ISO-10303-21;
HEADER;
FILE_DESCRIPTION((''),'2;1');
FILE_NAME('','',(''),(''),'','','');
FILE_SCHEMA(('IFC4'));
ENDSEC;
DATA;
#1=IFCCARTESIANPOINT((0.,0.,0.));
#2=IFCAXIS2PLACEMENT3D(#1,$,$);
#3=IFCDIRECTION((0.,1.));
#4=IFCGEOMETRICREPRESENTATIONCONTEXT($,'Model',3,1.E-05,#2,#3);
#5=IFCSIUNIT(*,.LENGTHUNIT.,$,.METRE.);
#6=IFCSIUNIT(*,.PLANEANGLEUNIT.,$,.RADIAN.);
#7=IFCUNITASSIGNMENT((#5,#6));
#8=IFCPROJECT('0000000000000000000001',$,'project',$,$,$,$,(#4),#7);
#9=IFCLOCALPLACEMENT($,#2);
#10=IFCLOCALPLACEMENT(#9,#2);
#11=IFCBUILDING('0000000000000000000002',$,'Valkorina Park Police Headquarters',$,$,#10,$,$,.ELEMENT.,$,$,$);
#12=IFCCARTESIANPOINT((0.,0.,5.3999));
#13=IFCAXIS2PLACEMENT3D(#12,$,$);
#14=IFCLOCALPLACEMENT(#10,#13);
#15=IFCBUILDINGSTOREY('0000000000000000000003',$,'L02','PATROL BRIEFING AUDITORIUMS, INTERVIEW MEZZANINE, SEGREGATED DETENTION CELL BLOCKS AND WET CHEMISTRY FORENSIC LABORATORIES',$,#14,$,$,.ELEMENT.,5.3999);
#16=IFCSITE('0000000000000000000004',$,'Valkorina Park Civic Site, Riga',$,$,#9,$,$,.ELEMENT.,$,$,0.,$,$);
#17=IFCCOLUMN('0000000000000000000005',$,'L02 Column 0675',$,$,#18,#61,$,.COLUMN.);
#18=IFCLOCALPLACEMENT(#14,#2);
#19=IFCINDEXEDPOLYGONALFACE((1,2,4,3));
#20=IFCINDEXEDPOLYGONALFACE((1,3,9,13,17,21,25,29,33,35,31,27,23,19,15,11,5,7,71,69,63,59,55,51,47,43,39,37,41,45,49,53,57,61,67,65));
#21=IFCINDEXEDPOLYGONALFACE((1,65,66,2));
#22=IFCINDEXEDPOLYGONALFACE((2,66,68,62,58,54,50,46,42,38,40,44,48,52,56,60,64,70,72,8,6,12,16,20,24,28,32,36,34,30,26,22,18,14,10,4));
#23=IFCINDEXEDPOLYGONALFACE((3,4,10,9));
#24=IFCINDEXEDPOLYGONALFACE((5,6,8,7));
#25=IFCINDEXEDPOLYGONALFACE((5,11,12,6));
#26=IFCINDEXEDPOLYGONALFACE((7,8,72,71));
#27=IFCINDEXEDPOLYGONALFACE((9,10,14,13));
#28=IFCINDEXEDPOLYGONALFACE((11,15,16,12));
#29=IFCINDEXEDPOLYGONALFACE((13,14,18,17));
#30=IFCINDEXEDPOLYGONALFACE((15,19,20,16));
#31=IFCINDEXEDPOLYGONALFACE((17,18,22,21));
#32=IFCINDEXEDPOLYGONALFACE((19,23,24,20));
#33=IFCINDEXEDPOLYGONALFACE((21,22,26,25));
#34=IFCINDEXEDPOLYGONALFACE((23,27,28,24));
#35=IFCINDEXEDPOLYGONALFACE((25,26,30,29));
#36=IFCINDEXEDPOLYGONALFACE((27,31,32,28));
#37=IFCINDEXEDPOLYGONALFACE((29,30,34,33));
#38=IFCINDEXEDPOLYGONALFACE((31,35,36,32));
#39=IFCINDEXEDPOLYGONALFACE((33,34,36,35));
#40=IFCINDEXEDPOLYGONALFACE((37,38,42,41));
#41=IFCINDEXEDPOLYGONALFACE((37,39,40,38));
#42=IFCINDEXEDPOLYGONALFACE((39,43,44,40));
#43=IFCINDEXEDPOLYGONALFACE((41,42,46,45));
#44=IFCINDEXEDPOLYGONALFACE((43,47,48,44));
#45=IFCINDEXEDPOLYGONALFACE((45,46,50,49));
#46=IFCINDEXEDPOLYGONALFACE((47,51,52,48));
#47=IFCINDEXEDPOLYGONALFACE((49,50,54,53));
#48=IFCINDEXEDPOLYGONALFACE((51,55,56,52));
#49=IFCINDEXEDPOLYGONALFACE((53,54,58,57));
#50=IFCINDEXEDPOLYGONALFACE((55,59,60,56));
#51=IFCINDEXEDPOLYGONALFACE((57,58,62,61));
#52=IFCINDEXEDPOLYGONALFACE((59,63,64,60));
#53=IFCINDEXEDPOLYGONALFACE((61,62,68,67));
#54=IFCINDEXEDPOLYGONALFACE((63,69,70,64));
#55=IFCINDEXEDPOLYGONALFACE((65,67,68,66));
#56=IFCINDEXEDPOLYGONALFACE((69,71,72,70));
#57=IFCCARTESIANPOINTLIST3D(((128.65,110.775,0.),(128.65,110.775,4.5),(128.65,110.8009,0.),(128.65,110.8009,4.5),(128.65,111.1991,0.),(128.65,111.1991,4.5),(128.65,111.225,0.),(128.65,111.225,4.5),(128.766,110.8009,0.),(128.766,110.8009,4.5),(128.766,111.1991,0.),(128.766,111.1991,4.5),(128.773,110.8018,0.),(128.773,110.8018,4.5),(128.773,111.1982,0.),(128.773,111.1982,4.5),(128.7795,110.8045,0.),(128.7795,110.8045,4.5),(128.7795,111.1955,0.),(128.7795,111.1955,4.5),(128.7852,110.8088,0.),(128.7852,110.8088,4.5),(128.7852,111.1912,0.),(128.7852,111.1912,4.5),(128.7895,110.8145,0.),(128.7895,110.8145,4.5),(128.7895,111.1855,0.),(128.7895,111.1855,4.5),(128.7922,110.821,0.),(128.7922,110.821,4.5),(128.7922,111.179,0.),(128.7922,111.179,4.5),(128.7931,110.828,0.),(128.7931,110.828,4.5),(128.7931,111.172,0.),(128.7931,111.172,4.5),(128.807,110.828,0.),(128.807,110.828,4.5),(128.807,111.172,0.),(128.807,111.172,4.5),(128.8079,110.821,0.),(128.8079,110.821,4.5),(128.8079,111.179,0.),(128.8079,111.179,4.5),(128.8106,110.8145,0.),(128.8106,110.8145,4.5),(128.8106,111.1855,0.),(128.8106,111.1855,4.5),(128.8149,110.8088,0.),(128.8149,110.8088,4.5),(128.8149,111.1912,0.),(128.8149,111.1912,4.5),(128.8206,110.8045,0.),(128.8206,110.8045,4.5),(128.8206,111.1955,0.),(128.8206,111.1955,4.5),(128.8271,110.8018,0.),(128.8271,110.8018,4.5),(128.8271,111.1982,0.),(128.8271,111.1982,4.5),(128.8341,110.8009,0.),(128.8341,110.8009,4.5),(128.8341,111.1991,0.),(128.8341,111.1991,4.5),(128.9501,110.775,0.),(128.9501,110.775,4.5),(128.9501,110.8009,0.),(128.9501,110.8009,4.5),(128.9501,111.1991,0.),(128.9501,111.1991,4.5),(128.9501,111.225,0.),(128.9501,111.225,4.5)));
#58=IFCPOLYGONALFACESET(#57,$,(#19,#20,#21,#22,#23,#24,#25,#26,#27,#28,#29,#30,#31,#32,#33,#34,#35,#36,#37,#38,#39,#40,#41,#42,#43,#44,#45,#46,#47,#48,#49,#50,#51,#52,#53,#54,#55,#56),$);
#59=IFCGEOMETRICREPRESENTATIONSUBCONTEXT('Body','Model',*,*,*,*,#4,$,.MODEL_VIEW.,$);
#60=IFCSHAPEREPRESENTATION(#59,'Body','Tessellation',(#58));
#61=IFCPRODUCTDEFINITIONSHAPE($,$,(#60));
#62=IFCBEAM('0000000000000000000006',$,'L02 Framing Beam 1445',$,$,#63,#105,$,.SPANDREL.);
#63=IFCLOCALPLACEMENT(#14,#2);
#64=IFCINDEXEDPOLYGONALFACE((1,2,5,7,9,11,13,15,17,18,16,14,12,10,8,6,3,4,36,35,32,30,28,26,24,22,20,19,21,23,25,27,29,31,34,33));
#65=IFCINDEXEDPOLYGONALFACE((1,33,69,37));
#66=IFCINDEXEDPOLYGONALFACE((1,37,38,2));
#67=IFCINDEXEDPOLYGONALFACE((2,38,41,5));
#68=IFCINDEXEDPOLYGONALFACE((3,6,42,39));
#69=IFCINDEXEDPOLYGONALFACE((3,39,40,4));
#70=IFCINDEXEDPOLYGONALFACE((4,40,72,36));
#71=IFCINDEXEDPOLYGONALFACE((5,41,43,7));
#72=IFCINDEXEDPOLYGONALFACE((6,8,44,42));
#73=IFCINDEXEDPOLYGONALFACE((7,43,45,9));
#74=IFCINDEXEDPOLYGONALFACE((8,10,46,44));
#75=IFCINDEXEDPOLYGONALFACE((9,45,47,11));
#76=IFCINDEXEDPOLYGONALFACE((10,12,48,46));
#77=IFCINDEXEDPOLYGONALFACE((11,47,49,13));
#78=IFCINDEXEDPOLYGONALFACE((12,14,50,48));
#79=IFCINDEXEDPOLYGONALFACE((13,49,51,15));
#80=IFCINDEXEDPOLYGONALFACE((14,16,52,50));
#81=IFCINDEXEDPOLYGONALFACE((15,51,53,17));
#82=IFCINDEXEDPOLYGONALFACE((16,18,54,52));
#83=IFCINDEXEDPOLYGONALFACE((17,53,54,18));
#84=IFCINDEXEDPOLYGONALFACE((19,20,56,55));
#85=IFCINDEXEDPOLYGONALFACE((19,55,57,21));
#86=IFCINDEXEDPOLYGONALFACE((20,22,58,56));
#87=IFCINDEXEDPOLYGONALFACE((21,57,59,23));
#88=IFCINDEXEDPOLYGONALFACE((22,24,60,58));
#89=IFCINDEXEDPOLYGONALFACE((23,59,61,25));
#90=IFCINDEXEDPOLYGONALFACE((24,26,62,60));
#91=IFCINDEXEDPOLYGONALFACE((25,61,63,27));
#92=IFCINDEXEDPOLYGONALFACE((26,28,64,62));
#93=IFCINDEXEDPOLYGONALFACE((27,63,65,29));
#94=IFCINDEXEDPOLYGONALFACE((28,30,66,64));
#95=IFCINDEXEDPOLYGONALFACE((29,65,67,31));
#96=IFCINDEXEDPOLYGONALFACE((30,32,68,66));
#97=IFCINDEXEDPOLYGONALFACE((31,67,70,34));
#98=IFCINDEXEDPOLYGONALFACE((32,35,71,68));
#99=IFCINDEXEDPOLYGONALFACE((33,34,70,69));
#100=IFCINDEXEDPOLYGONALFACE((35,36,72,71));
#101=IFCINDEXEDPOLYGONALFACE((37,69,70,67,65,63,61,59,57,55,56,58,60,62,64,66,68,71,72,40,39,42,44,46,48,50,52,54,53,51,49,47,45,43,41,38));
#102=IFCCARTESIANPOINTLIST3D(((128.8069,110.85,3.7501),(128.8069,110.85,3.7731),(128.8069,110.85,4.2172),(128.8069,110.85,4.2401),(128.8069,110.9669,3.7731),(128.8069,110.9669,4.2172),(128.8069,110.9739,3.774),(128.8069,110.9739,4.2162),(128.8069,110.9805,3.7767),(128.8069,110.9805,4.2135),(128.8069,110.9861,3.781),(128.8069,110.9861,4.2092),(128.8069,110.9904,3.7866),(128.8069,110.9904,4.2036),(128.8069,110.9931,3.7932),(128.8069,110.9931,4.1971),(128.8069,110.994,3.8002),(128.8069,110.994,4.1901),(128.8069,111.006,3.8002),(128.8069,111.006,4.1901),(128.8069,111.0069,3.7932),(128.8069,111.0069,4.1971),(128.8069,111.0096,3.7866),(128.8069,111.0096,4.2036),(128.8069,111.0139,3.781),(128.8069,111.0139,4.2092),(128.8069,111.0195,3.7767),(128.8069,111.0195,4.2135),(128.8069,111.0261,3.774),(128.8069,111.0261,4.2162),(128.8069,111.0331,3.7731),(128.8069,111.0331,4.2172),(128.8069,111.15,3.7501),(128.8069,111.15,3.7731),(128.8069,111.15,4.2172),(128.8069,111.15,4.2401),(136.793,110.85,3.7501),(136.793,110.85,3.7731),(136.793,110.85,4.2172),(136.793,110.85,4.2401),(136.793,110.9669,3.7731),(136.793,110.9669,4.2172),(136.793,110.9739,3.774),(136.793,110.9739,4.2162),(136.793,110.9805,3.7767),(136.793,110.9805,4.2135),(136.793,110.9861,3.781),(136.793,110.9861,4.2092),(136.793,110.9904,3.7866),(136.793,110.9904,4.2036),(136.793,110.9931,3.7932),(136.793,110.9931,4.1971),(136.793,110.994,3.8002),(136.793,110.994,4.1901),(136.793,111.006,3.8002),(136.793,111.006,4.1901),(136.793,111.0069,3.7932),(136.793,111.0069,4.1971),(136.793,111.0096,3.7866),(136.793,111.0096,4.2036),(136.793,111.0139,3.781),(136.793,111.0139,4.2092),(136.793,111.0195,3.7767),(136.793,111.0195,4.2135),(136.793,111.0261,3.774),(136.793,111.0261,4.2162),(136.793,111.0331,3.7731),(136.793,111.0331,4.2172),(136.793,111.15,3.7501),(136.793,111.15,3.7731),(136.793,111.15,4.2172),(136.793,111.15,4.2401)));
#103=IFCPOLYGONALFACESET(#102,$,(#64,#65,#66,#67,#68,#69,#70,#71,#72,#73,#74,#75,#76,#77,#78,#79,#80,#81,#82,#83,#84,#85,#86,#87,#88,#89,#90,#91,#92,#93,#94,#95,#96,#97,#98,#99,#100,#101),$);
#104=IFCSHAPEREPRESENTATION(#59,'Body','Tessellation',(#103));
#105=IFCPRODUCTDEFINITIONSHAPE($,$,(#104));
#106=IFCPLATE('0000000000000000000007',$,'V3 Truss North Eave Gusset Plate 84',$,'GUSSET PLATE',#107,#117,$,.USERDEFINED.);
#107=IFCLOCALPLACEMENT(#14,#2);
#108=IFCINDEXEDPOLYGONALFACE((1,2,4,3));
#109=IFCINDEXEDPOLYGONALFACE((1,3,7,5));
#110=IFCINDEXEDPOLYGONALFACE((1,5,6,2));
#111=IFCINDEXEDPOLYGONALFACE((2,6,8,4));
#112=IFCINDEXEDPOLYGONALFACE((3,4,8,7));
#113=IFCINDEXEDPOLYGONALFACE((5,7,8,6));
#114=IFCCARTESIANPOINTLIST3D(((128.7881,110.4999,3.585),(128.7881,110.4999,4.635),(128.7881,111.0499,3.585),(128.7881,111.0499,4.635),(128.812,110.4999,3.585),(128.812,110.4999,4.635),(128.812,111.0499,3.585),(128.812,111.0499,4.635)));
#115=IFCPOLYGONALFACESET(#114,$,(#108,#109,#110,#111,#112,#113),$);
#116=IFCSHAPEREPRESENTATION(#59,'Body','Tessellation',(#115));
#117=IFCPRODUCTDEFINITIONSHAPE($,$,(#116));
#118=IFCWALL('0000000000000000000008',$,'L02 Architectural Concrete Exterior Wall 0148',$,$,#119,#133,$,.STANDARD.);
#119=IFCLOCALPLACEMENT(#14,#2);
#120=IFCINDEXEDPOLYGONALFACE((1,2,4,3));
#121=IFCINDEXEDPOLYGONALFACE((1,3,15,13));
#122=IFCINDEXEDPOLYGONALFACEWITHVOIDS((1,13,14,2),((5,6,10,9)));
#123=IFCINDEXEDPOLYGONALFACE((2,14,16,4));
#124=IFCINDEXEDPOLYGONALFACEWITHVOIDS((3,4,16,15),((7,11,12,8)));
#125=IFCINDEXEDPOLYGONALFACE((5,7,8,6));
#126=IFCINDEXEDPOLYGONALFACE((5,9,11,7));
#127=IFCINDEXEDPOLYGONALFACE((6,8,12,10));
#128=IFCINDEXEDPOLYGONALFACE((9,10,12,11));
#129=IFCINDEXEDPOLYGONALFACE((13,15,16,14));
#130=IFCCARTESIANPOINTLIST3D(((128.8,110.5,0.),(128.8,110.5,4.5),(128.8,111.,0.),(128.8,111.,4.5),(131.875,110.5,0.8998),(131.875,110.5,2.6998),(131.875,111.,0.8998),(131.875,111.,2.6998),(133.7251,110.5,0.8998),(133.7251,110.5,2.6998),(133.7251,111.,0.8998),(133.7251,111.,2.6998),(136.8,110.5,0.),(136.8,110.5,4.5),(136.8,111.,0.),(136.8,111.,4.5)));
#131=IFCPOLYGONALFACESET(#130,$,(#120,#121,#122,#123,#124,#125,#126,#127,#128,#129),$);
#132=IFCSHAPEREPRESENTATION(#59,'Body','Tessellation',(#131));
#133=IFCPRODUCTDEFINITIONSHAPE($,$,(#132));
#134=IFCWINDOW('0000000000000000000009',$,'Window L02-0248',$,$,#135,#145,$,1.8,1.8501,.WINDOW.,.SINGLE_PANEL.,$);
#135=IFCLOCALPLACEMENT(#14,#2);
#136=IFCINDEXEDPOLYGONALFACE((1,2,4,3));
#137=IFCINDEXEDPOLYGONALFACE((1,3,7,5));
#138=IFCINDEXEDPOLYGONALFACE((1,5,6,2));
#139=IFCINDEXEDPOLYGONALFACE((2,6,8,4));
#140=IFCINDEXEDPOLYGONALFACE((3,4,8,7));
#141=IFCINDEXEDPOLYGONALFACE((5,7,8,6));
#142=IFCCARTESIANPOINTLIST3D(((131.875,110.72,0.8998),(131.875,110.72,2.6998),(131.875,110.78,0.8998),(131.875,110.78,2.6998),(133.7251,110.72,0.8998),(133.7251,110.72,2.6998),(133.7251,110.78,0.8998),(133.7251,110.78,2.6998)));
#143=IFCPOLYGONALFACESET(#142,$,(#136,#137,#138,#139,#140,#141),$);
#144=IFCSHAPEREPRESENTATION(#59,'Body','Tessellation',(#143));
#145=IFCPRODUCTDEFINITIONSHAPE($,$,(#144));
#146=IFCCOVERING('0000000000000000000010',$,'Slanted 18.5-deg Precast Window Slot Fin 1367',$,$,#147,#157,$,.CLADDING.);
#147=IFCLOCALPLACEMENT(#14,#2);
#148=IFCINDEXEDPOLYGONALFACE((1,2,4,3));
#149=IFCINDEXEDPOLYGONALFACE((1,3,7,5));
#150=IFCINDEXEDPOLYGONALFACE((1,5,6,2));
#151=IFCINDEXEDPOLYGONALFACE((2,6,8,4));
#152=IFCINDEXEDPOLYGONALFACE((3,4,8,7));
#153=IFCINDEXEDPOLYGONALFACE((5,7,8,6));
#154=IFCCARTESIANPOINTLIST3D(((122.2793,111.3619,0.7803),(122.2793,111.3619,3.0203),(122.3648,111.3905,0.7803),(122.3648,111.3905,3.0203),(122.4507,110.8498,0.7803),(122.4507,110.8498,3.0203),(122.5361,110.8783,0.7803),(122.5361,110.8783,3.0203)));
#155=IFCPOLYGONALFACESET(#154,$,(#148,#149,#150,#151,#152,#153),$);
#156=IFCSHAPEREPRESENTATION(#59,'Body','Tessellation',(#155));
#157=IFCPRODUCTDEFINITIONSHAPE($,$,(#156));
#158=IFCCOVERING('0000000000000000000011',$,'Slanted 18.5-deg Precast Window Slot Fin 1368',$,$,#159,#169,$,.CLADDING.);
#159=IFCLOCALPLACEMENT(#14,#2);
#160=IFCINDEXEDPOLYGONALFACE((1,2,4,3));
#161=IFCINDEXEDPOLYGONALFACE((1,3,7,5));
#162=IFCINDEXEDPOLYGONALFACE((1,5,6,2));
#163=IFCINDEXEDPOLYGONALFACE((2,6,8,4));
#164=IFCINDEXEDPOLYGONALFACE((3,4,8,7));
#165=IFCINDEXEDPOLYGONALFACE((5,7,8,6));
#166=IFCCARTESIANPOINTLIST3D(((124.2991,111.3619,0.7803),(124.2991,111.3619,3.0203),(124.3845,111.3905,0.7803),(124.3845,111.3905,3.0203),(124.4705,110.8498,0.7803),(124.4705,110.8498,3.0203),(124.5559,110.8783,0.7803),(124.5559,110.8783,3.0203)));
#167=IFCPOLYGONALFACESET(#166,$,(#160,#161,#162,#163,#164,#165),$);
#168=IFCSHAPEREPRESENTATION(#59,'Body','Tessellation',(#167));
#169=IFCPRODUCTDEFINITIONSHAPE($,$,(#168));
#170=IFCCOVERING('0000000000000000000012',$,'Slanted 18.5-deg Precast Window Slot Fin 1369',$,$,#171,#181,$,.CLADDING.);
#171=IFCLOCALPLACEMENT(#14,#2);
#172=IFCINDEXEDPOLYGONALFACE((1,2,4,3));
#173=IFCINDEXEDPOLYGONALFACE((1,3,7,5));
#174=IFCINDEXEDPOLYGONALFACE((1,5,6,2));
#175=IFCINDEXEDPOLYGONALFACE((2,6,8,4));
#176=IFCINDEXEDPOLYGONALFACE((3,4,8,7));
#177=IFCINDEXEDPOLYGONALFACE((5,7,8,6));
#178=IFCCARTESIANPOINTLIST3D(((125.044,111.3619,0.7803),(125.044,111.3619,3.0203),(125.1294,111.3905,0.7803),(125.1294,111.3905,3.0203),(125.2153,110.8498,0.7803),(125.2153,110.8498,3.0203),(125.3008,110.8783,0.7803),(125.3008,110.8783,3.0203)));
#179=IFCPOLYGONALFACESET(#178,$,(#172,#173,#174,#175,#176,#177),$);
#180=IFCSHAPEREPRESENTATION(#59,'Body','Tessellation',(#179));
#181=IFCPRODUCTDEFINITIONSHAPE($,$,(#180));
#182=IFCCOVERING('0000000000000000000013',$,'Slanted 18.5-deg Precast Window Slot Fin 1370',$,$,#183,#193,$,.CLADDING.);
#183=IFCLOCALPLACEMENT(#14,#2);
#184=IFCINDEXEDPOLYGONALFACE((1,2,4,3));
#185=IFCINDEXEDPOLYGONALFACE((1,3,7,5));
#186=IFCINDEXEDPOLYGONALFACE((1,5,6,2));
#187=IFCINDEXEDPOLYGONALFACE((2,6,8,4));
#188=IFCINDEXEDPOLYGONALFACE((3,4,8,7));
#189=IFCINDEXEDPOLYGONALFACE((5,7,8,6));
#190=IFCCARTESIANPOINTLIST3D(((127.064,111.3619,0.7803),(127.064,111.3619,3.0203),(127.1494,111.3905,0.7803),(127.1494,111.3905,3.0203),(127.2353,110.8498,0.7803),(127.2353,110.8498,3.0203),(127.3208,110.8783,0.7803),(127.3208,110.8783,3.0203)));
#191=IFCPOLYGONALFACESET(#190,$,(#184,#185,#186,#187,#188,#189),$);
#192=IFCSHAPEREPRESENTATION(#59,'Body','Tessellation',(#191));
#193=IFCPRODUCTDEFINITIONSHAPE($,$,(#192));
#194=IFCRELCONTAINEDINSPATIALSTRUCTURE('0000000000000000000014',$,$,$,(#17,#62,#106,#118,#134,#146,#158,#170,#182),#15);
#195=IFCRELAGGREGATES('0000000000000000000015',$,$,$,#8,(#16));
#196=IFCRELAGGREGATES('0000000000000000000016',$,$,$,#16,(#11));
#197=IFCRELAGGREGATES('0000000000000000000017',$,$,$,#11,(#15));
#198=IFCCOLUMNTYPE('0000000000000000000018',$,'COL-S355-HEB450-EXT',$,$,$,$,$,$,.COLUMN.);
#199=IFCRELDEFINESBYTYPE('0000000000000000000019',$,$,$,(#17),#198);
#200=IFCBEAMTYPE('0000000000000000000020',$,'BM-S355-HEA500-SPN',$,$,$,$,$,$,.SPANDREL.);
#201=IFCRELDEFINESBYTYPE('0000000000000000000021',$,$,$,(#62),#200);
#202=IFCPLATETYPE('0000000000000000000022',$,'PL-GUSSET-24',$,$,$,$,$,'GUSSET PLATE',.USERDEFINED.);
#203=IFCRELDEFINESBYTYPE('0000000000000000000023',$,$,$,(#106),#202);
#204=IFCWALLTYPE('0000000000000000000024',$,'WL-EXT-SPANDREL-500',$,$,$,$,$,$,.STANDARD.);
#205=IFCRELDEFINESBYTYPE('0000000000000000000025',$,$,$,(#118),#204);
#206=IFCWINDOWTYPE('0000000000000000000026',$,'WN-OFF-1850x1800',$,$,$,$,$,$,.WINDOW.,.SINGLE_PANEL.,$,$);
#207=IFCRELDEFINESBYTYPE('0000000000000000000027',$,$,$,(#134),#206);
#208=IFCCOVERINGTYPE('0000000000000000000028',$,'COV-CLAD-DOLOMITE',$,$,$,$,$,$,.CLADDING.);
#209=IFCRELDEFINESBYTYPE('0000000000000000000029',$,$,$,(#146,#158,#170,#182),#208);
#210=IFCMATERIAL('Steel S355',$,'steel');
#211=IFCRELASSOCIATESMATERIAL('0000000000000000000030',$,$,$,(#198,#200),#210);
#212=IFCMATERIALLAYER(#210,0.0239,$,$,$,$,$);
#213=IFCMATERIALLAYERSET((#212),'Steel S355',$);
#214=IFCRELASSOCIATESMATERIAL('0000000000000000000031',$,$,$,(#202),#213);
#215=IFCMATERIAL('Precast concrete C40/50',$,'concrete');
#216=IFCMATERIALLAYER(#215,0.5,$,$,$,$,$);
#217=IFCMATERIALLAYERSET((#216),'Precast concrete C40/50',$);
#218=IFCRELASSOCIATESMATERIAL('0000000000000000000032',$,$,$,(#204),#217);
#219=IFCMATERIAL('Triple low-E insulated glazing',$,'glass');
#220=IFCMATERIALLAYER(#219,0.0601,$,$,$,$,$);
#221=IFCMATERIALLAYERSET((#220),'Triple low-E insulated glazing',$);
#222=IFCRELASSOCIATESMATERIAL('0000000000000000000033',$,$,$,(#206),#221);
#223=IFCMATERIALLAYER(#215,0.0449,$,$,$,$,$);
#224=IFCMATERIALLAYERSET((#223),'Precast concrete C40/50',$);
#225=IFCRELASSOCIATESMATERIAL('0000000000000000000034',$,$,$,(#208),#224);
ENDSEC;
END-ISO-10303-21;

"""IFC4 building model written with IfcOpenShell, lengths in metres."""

from ifc_helpers import new_model, si_unit, direction, frame, frame_2d, origin, origin_2d, place, context, subcontext, project, spatial, rectangle, i_section, extrude, material, layer, layer_set, material_profile, profile_set, type_object, element, fill, save


model = new_model("IFC4")

# Units and contexts
model_context = context("Model", 3, precision=1e-05, world=origin(), true_north=direction((0.0, 1.0)))
body_context = subcontext(model_context, "Body", "Model", "MODEL_VIEW")
ifc_project = project(units=[si_unit("LENGTHUNIT", "METRE"), si_unit("PLANEANGLEUNIT", "RADIAN")], contexts=[model_context])

# Site, building, storey
site_placement = place(None, origin())
site = spatial("IfcSite", under=ifc_project, at=site_placement, Name="Valkorina Park Civic Site, Riga", CompositionType="ELEMENT", RefElevation=0.0)
building_placement = place(site_placement, origin())
building = spatial("IfcBuilding", under=site, at=building_placement, Name="Valkorina Park Police Headquarters", CompositionType="ELEMENT")
storey_placement = place(building_placement, frame((0.0, 0.0, 5.3999)))
storey = spatial("IfcBuildingStorey", under=building, at=storey_placement, Name="L02", Description="PATROL BRIEFING AUDITORIUMS, INTERVIEW MEZZANINE, SEGREGATED DETENTION CELL BLOCKS AND WET CHEMISTRY FORENSIC LABORATORIES", CompositionType="ELEMENT", Elevation=5.3999)

# Column
ifc_material_1 = material(Name="Steel S355", Category="steel")
ifc_material_profile_1 = material_profile(ifc_material_1, i_section(OverallWidth=0.3, OverallDepth=0.45, WebThickness=0.0139, FlangeThickness=0.0259, FilletRadius=0.0271, at=origin_2d()), Name="HEB 450")
ifc_profile_set_1 = profile_set([ifc_material_profile_1], Name="Steel S355")
column_type = type_object("IfcColumnType", Name="COL-S355-HEB450-EXT", PredefinedType="COLUMN", material=ifc_profile_set_1)
column_placement = place(storey_placement, frame((128.8, 111.0, 0.0), z_axis=(0.0, 0.0, 1.0), x_axis=(1.0, 0.0, 0.0)))
element("IfcColumn", 1, at=column_placement, inside=storey, type_object=column_type, Name="L02 Column 0675", PredefinedType="COLUMN", context=body_context, shape_type="SweptSolid", body=[
    extrude(i_section(OverallWidth=0.3, OverallDepth=0.45, WebThickness=0.0139, FlangeThickness=0.0259, FilletRadius=0.0271, at=origin_2d()), origin(), (0.0, 0.0, 1.0), 4.5),
])

# Beam
ifc_material_profile_2 = material_profile(ifc_material_1, i_section(OverallWidth=0.3, OverallDepth=0.49, WebThickness=0.012, FlangeThickness=0.0229, FilletRadius=0.0271, at=origin_2d()), Name="HEA 500")
ifc_profile_set_2 = profile_set([ifc_material_profile_2], Name="Steel S355")
beam_type = type_object("IfcBeamType", Name="BM-S355-HEA500-SPN", PredefinedType="SPANDREL", material=ifc_profile_set_2)
beam_placement = place(storey_placement, frame((128.8069, 111.0, 3.9951), z_axis=(1.0, 0.0, 0.0), x_axis=(0.0, 1.0, 0.0)))
element("IfcBeam", 2, at=beam_placement, inside=storey, type_object=beam_type, Name="L02 Framing Beam 1445", PredefinedType="SPANDREL", context=body_context, shape_type="SweptSolid", body=[
    extrude(i_section(OverallWidth=0.3, OverallDepth=0.49, WebThickness=0.012, FlangeThickness=0.0229, FilletRadius=0.0271, at=origin_2d()), origin(), (0.0, 0.0, 1.0), 7.9861),
])

# Plate
ifc_layer_1 = layer(ifc_material_1, 0.0239)
ifc_layer_set_1 = layer_set([ifc_layer_1], Name="Steel S355")
plate_type = type_object("IfcPlateType", Name="PL-GUSSET-24", ElementType="GUSSET PLATE", PredefinedType="USERDEFINED", material=ifc_layer_set_1)
plate_placement = place(storey_placement, frame((128.8, 110.7749, 3.585), z_axis=(0.0, 0.0, 1.0), x_axis=(1.0, 0.0, 0.0)))
element("IfcPlate", 3, at=plate_placement, inside=storey, type_object=plate_type, Name="V3 Truss North Eave Gusset Plate 84", ObjectType="GUSSET PLATE", PredefinedType="USERDEFINED", context=body_context, shape_type="SweptSolid", body=[
    extrude(rectangle(XDim=0.0239, YDim=0.55, at=origin_2d()), origin(), (0.0, 0.0, 1.0), 1.05),
])

# Wall, opening, window
ifc_material_2 = material(Name="Precast concrete C40/50", Category="concrete")
ifc_layer_2 = layer(ifc_material_2, 0.5)
ifc_layer_set_2 = layer_set([ifc_layer_2], Name="Precast concrete C40/50")
wall_type = type_object("IfcWallType", Name="WL-EXT-SPANDREL-500", PredefinedType="STANDARD", material=ifc_layer_set_2)
wall_placement = place(storey_placement, frame((128.8, 110.75, 0.0), z_axis=(0.0, 0.0, 1.0), x_axis=(1.0, 0.0, 0.0)))
wall = element("IfcWall", 4, at=wall_placement, inside=storey, type_object=wall_type, Name="L02 Architectural Concrete Exterior Wall 0148", PredefinedType="STANDARD", context=body_context, shape_type="SweptSolid", body=[
    extrude(rectangle(XDim=8.0, YDim=0.5, at=frame_2d((4.0, 0.0))), origin(), (0.0, 0.0, 1.0), 4.5),
])
opening_placement = place(wall_placement, frame((3.075, 0.0, 0.8999)))
opening = element("IfcOpeningElement", 5, at=opening_placement, cuts=wall, PredefinedType="OPENING", context=body_context, shape_type="SweptSolid", body=[
    extrude(rectangle(XDim=1.8501, YDim=1.8, at=frame_2d((0.925, 0.8999))), frame((0.0, 0.26, 0.0), z_axis=(0.0, -1.0, 0.0), x_axis=(1.0, 0.0, 0.0)), (0.0, 0.0, 1.0), 0.52),
])
ifc_material_3 = material(Name="Triple low-E insulated glazing", Category="glass")
ifc_layer_3 = layer(ifc_material_3, 0.0601)
ifc_layer_set_3 = layer_set([ifc_layer_3], Name="Triple low-E insulated glazing")
window_type = type_object("IfcWindowType", Name="WN-OFF-1850x1800", PartitioningType="SINGLE_PANEL", PredefinedType="WINDOW", material=ifc_layer_set_3)
window_placement = place(opening_placement, origin())
window = element("IfcWindow", 6, at=window_placement, inside=storey, type_object=window_type, Name="Window L02-0248", OverallHeight=1.8, OverallWidth=1.8501, PartitioningType="SINGLE_PANEL", PredefinedType="WINDOW", context=body_context, shape_type="SweptSolid", body=[
    extrude(rectangle(XDim=1.8501, YDim=1.8, at=frame_2d((0.925, 0.8999))), frame((0.0, 0.03, 0.0), z_axis=(0.0, -1.0, 0.0), x_axis=(1.0, 0.0, 0.0)), (0.0, 0.0, 1.0), 0.0601),
])
fill(opening, window)

# Coverings
ifc_layer_4 = layer(ifc_material_2, 0.0449)
ifc_layer_set_4 = layer_set([ifc_layer_4], Name="Precast concrete C40/50")
covering_type = type_object("IfcCoveringType", Name="COV-CLAD-DOLOMITE", PredefinedType="CLADDING", material=ifc_layer_set_4)
for number, where, z_axis, x_axis, name in (
    (7, (122.4077, 111.1201, 0.7803), (0.0, 0.0, 1.0), (-0.317305, 0.948324, 0.0), "Slanted 18.5-deg Precast Window Slot Fin 1367"),
    (8, (124.4275, 111.1201, 0.7803), (0.0, 0.0, 1.0), (-0.317305, 0.948324, 0.0), "Slanted 18.5-deg Precast Window Slot Fin 1368"),
    (9, (125.1724, 111.1201, 0.7803), (0.0, 0.0, 1.0), (-0.317305, 0.948324, 0.0), "Slanted 18.5-deg Precast Window Slot Fin 1369"),
    (10, (127.1924, 111.1201, 0.7803), (0.0, 0.0, 1.0), (-0.317305, 0.948324, 0.0), "Slanted 18.5-deg Precast Window Slot Fin 1370"),
):
    element("IfcCovering", number, at=place(storey_placement, frame(where, z_axis=z_axis, x_axis=x_axis)), inside=storey, type_object=covering_type, Name=name, PredefinedType="CLADDING", context=body_context, shape_type="SweptSolid", body=[
        extrude(rectangle(XDim=0.54, YDim=0.0901, at=origin_2d()), origin(), (0.0, 0.0, 1.0), 2.24),
    ])

save(model, "model.ifc")
